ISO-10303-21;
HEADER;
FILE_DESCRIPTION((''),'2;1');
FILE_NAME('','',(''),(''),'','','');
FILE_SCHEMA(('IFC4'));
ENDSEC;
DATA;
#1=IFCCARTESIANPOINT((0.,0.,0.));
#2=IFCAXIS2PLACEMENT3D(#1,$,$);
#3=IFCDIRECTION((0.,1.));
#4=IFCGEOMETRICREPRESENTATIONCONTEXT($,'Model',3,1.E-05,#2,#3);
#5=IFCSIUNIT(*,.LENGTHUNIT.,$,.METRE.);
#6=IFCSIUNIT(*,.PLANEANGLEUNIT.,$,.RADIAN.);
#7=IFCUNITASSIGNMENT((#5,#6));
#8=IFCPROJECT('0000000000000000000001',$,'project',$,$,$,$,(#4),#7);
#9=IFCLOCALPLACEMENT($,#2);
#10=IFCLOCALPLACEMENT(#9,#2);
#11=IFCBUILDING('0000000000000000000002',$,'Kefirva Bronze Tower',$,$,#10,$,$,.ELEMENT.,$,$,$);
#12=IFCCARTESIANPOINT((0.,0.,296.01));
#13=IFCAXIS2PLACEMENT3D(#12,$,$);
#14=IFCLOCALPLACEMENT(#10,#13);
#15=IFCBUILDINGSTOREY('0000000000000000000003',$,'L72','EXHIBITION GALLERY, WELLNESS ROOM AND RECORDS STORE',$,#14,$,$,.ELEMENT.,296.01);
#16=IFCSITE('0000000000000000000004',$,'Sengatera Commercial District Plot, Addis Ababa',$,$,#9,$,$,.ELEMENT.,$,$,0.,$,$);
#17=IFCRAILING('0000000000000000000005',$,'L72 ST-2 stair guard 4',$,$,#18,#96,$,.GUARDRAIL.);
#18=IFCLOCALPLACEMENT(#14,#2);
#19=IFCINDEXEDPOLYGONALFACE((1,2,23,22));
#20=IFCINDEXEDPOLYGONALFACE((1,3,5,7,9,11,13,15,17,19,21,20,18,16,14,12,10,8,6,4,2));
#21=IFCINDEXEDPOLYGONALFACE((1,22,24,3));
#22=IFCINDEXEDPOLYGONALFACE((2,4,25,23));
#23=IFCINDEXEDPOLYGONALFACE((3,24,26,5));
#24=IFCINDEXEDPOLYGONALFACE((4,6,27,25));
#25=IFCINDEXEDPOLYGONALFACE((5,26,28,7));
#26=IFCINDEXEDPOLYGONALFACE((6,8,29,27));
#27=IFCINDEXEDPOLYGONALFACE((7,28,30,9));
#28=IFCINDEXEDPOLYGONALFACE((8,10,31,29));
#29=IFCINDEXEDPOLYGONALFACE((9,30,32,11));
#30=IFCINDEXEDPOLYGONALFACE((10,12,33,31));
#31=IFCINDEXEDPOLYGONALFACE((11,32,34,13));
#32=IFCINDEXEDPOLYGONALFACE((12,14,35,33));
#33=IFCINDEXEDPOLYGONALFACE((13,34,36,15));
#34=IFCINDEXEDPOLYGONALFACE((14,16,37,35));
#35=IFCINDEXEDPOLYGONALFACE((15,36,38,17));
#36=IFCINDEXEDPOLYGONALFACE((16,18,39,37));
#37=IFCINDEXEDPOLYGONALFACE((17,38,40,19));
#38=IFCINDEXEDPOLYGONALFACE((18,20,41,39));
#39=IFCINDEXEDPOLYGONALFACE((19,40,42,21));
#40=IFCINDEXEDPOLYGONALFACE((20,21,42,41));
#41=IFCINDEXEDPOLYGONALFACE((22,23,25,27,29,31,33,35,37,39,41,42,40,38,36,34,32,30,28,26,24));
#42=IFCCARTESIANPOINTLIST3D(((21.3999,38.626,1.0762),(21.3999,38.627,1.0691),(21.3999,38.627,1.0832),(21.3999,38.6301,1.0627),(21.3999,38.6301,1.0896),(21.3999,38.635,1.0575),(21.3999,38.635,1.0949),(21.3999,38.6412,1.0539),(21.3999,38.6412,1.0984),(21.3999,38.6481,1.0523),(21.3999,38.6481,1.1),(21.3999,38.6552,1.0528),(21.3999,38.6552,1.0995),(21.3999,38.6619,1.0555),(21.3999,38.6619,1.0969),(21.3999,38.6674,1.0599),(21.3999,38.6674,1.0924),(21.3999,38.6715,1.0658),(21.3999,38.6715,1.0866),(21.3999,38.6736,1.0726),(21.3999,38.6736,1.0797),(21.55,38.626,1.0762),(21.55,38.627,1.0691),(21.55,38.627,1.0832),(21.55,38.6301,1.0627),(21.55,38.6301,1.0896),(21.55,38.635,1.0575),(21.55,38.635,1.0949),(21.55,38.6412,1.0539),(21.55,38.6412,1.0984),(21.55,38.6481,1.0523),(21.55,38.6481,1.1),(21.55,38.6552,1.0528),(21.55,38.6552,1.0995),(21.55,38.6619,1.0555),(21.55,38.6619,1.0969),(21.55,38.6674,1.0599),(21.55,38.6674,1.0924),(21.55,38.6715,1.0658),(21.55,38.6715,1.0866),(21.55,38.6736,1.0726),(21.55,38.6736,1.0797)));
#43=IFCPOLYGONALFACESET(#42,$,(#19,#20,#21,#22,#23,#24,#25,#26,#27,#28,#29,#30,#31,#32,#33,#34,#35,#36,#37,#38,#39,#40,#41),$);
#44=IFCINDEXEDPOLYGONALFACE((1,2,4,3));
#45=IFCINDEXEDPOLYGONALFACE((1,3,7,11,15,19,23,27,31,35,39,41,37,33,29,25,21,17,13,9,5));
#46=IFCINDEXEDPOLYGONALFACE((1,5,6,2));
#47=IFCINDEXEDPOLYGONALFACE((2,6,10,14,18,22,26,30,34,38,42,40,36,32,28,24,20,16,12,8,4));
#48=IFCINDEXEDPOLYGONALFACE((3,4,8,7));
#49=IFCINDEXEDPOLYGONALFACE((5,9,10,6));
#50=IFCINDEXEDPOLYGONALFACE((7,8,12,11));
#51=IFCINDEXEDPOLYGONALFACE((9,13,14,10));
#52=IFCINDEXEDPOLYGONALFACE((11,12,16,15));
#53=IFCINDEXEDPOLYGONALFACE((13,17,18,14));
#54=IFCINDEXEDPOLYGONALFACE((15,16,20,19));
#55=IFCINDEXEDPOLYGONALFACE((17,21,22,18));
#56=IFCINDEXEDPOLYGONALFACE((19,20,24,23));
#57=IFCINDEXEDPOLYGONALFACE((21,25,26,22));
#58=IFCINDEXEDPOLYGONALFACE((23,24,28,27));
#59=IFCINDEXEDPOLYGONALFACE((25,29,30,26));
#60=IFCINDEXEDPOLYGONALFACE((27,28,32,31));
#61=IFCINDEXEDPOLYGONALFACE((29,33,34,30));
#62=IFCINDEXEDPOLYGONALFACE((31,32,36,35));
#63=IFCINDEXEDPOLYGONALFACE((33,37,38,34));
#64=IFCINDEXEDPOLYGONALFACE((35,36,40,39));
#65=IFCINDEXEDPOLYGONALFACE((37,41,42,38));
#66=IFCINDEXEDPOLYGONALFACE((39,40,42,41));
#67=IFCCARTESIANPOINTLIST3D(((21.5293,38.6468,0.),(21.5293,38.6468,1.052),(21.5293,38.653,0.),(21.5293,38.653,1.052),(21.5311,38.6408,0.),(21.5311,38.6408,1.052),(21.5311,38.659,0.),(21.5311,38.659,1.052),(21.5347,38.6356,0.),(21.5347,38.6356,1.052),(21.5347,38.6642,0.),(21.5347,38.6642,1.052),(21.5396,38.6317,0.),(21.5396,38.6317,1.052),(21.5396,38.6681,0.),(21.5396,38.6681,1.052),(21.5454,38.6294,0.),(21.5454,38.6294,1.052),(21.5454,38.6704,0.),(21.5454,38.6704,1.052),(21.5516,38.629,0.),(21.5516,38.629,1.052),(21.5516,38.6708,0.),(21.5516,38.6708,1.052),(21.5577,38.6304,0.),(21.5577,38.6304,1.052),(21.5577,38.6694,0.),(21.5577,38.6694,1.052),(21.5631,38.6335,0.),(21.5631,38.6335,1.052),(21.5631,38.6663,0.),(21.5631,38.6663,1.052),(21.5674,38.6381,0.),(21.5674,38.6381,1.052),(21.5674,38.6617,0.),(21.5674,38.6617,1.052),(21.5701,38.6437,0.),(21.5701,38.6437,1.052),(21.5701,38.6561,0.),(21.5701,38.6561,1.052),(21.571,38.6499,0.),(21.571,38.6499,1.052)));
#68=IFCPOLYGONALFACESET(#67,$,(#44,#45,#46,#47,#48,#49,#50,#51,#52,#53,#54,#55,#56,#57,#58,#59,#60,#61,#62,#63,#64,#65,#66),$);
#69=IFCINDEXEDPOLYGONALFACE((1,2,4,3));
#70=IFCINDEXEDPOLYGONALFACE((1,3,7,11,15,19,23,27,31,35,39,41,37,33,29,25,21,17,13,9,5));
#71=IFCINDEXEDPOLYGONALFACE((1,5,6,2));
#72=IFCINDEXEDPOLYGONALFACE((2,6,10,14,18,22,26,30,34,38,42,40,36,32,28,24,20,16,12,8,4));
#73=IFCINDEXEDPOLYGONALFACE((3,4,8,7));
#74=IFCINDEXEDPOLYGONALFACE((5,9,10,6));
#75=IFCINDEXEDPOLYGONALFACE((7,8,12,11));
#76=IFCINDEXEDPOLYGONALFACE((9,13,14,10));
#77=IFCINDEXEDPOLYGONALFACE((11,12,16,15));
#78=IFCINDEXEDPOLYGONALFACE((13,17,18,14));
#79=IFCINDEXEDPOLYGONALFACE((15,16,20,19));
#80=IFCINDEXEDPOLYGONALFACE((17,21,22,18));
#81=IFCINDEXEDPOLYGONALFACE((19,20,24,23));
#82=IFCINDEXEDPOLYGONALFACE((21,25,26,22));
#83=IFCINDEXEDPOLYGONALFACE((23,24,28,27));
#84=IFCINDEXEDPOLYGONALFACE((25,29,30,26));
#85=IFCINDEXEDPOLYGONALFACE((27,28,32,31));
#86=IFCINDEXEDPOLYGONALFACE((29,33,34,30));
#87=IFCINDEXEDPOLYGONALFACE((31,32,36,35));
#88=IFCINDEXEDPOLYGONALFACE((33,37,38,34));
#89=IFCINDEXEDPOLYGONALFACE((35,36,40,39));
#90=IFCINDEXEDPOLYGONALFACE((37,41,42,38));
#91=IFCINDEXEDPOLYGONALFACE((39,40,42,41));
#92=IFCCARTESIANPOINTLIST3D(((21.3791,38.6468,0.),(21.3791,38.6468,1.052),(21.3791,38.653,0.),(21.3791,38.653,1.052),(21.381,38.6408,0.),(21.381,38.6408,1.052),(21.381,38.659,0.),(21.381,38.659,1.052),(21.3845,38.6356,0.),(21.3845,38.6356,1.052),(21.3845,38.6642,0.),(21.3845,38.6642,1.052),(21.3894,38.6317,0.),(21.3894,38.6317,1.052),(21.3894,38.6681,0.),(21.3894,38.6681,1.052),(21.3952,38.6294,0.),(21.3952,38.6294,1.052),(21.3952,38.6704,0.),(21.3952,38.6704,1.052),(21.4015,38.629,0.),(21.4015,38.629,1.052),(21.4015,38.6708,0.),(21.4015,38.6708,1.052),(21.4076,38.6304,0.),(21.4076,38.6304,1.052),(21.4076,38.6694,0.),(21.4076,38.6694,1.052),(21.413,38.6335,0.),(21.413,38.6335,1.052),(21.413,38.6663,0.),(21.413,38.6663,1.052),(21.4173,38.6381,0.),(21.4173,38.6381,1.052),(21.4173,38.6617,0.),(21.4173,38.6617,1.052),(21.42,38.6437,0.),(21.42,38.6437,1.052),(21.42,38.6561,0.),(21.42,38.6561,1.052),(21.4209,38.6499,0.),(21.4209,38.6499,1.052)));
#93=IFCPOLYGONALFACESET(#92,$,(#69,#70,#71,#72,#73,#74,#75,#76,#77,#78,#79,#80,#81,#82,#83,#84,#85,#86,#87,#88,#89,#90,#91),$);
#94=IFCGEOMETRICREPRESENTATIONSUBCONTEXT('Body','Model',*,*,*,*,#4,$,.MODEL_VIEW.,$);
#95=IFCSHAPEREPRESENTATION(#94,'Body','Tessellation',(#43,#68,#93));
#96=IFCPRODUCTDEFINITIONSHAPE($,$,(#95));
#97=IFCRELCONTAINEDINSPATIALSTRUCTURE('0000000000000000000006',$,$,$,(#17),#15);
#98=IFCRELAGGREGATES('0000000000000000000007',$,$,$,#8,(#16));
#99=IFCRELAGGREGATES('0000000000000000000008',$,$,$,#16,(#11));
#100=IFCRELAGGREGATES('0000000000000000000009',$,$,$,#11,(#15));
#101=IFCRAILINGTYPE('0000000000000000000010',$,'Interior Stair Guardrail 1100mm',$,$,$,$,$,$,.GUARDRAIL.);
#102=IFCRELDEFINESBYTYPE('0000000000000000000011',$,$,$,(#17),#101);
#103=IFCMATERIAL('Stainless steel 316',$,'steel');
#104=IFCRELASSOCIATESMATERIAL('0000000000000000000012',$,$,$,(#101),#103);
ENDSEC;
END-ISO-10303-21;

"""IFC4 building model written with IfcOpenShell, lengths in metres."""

from ifc_helpers import new_model, si_unit, direction, frame, origin, origin_2d, place, context, subcontext, project, spatial, circle, extrude, material, type_object, element, save


model = new_model("IFC4")

# Units and contexts
model_context = context("Model", 3, precision=1e-05, world=origin(), true_north=direction((0.0, 1.0)))
body_context = subcontext(model_context, "Body", "Model", "MODEL_VIEW")
ifc_project = project(units=[si_unit("LENGTHUNIT", "METRE"), si_unit("PLANEANGLEUNIT", "RADIAN")], contexts=[model_context])

# Site, building, storey
site_placement = place(None, origin())
site = spatial("IfcSite", under=ifc_project, at=site_placement, Name="Sengatera Commercial District Plot, Addis Ababa", CompositionType="ELEMENT", RefElevation=0.0)
building_placement = place(site_placement, origin())
building = spatial("IfcBuilding", under=site, at=building_placement, Name="Kefirva Bronze Tower", CompositionType="ELEMENT")
storey_placement = place(building_placement, frame((0.0, 0.0, 296.01)))
storey = spatial("IfcBuildingStorey", under=building, at=storey_placement, Name="L72", Description="EXHIBITION GALLERY, WELLNESS ROOM AND RECORDS STORE", CompositionType="ELEMENT", Elevation=296.01)

# Shared definitions
ifc_material_1 = material(Name="Stainless steel 316", Category="steel")

# Railing
railing_type_1 = type_object("IfcRailingType", Name="Interior Stair Guardrail 1100mm", PredefinedType="GUARDRAIL", material=ifc_material_1)
railing_1_placement = place(storey_placement, frame((21.55, 38.6499, 0.0)))
element("IfcRailing", 1, at=railing_1_placement, inside=storey, type_object=railing_type_1, Name="L72 ST-2 stair guard 4", PredefinedType="GUARDRAIL", context=body_context, shape_type="SweptSolid", body=[
    extrude(circle(Radius=0.0239, at=origin_2d()), frame((0.0, 0.0, 1.0762), z_axis=(-1.0, 0.0, 0.0), x_axis=(0.0, -1.0, 0.0)), (0.0, 0.0, 1.0), 0.1501),
    extrude(circle(Radius=0.021, at=origin_2d()), origin(), (0.0, 0.0, 1.0), 1.052),
    extrude(circle(Radius=0.021, at=origin_2d()), frame((-0.1501, 0.0, 0.0)), (0.0, 0.0, 1.0), 1.052),
])

save(model, "model.ifc")
